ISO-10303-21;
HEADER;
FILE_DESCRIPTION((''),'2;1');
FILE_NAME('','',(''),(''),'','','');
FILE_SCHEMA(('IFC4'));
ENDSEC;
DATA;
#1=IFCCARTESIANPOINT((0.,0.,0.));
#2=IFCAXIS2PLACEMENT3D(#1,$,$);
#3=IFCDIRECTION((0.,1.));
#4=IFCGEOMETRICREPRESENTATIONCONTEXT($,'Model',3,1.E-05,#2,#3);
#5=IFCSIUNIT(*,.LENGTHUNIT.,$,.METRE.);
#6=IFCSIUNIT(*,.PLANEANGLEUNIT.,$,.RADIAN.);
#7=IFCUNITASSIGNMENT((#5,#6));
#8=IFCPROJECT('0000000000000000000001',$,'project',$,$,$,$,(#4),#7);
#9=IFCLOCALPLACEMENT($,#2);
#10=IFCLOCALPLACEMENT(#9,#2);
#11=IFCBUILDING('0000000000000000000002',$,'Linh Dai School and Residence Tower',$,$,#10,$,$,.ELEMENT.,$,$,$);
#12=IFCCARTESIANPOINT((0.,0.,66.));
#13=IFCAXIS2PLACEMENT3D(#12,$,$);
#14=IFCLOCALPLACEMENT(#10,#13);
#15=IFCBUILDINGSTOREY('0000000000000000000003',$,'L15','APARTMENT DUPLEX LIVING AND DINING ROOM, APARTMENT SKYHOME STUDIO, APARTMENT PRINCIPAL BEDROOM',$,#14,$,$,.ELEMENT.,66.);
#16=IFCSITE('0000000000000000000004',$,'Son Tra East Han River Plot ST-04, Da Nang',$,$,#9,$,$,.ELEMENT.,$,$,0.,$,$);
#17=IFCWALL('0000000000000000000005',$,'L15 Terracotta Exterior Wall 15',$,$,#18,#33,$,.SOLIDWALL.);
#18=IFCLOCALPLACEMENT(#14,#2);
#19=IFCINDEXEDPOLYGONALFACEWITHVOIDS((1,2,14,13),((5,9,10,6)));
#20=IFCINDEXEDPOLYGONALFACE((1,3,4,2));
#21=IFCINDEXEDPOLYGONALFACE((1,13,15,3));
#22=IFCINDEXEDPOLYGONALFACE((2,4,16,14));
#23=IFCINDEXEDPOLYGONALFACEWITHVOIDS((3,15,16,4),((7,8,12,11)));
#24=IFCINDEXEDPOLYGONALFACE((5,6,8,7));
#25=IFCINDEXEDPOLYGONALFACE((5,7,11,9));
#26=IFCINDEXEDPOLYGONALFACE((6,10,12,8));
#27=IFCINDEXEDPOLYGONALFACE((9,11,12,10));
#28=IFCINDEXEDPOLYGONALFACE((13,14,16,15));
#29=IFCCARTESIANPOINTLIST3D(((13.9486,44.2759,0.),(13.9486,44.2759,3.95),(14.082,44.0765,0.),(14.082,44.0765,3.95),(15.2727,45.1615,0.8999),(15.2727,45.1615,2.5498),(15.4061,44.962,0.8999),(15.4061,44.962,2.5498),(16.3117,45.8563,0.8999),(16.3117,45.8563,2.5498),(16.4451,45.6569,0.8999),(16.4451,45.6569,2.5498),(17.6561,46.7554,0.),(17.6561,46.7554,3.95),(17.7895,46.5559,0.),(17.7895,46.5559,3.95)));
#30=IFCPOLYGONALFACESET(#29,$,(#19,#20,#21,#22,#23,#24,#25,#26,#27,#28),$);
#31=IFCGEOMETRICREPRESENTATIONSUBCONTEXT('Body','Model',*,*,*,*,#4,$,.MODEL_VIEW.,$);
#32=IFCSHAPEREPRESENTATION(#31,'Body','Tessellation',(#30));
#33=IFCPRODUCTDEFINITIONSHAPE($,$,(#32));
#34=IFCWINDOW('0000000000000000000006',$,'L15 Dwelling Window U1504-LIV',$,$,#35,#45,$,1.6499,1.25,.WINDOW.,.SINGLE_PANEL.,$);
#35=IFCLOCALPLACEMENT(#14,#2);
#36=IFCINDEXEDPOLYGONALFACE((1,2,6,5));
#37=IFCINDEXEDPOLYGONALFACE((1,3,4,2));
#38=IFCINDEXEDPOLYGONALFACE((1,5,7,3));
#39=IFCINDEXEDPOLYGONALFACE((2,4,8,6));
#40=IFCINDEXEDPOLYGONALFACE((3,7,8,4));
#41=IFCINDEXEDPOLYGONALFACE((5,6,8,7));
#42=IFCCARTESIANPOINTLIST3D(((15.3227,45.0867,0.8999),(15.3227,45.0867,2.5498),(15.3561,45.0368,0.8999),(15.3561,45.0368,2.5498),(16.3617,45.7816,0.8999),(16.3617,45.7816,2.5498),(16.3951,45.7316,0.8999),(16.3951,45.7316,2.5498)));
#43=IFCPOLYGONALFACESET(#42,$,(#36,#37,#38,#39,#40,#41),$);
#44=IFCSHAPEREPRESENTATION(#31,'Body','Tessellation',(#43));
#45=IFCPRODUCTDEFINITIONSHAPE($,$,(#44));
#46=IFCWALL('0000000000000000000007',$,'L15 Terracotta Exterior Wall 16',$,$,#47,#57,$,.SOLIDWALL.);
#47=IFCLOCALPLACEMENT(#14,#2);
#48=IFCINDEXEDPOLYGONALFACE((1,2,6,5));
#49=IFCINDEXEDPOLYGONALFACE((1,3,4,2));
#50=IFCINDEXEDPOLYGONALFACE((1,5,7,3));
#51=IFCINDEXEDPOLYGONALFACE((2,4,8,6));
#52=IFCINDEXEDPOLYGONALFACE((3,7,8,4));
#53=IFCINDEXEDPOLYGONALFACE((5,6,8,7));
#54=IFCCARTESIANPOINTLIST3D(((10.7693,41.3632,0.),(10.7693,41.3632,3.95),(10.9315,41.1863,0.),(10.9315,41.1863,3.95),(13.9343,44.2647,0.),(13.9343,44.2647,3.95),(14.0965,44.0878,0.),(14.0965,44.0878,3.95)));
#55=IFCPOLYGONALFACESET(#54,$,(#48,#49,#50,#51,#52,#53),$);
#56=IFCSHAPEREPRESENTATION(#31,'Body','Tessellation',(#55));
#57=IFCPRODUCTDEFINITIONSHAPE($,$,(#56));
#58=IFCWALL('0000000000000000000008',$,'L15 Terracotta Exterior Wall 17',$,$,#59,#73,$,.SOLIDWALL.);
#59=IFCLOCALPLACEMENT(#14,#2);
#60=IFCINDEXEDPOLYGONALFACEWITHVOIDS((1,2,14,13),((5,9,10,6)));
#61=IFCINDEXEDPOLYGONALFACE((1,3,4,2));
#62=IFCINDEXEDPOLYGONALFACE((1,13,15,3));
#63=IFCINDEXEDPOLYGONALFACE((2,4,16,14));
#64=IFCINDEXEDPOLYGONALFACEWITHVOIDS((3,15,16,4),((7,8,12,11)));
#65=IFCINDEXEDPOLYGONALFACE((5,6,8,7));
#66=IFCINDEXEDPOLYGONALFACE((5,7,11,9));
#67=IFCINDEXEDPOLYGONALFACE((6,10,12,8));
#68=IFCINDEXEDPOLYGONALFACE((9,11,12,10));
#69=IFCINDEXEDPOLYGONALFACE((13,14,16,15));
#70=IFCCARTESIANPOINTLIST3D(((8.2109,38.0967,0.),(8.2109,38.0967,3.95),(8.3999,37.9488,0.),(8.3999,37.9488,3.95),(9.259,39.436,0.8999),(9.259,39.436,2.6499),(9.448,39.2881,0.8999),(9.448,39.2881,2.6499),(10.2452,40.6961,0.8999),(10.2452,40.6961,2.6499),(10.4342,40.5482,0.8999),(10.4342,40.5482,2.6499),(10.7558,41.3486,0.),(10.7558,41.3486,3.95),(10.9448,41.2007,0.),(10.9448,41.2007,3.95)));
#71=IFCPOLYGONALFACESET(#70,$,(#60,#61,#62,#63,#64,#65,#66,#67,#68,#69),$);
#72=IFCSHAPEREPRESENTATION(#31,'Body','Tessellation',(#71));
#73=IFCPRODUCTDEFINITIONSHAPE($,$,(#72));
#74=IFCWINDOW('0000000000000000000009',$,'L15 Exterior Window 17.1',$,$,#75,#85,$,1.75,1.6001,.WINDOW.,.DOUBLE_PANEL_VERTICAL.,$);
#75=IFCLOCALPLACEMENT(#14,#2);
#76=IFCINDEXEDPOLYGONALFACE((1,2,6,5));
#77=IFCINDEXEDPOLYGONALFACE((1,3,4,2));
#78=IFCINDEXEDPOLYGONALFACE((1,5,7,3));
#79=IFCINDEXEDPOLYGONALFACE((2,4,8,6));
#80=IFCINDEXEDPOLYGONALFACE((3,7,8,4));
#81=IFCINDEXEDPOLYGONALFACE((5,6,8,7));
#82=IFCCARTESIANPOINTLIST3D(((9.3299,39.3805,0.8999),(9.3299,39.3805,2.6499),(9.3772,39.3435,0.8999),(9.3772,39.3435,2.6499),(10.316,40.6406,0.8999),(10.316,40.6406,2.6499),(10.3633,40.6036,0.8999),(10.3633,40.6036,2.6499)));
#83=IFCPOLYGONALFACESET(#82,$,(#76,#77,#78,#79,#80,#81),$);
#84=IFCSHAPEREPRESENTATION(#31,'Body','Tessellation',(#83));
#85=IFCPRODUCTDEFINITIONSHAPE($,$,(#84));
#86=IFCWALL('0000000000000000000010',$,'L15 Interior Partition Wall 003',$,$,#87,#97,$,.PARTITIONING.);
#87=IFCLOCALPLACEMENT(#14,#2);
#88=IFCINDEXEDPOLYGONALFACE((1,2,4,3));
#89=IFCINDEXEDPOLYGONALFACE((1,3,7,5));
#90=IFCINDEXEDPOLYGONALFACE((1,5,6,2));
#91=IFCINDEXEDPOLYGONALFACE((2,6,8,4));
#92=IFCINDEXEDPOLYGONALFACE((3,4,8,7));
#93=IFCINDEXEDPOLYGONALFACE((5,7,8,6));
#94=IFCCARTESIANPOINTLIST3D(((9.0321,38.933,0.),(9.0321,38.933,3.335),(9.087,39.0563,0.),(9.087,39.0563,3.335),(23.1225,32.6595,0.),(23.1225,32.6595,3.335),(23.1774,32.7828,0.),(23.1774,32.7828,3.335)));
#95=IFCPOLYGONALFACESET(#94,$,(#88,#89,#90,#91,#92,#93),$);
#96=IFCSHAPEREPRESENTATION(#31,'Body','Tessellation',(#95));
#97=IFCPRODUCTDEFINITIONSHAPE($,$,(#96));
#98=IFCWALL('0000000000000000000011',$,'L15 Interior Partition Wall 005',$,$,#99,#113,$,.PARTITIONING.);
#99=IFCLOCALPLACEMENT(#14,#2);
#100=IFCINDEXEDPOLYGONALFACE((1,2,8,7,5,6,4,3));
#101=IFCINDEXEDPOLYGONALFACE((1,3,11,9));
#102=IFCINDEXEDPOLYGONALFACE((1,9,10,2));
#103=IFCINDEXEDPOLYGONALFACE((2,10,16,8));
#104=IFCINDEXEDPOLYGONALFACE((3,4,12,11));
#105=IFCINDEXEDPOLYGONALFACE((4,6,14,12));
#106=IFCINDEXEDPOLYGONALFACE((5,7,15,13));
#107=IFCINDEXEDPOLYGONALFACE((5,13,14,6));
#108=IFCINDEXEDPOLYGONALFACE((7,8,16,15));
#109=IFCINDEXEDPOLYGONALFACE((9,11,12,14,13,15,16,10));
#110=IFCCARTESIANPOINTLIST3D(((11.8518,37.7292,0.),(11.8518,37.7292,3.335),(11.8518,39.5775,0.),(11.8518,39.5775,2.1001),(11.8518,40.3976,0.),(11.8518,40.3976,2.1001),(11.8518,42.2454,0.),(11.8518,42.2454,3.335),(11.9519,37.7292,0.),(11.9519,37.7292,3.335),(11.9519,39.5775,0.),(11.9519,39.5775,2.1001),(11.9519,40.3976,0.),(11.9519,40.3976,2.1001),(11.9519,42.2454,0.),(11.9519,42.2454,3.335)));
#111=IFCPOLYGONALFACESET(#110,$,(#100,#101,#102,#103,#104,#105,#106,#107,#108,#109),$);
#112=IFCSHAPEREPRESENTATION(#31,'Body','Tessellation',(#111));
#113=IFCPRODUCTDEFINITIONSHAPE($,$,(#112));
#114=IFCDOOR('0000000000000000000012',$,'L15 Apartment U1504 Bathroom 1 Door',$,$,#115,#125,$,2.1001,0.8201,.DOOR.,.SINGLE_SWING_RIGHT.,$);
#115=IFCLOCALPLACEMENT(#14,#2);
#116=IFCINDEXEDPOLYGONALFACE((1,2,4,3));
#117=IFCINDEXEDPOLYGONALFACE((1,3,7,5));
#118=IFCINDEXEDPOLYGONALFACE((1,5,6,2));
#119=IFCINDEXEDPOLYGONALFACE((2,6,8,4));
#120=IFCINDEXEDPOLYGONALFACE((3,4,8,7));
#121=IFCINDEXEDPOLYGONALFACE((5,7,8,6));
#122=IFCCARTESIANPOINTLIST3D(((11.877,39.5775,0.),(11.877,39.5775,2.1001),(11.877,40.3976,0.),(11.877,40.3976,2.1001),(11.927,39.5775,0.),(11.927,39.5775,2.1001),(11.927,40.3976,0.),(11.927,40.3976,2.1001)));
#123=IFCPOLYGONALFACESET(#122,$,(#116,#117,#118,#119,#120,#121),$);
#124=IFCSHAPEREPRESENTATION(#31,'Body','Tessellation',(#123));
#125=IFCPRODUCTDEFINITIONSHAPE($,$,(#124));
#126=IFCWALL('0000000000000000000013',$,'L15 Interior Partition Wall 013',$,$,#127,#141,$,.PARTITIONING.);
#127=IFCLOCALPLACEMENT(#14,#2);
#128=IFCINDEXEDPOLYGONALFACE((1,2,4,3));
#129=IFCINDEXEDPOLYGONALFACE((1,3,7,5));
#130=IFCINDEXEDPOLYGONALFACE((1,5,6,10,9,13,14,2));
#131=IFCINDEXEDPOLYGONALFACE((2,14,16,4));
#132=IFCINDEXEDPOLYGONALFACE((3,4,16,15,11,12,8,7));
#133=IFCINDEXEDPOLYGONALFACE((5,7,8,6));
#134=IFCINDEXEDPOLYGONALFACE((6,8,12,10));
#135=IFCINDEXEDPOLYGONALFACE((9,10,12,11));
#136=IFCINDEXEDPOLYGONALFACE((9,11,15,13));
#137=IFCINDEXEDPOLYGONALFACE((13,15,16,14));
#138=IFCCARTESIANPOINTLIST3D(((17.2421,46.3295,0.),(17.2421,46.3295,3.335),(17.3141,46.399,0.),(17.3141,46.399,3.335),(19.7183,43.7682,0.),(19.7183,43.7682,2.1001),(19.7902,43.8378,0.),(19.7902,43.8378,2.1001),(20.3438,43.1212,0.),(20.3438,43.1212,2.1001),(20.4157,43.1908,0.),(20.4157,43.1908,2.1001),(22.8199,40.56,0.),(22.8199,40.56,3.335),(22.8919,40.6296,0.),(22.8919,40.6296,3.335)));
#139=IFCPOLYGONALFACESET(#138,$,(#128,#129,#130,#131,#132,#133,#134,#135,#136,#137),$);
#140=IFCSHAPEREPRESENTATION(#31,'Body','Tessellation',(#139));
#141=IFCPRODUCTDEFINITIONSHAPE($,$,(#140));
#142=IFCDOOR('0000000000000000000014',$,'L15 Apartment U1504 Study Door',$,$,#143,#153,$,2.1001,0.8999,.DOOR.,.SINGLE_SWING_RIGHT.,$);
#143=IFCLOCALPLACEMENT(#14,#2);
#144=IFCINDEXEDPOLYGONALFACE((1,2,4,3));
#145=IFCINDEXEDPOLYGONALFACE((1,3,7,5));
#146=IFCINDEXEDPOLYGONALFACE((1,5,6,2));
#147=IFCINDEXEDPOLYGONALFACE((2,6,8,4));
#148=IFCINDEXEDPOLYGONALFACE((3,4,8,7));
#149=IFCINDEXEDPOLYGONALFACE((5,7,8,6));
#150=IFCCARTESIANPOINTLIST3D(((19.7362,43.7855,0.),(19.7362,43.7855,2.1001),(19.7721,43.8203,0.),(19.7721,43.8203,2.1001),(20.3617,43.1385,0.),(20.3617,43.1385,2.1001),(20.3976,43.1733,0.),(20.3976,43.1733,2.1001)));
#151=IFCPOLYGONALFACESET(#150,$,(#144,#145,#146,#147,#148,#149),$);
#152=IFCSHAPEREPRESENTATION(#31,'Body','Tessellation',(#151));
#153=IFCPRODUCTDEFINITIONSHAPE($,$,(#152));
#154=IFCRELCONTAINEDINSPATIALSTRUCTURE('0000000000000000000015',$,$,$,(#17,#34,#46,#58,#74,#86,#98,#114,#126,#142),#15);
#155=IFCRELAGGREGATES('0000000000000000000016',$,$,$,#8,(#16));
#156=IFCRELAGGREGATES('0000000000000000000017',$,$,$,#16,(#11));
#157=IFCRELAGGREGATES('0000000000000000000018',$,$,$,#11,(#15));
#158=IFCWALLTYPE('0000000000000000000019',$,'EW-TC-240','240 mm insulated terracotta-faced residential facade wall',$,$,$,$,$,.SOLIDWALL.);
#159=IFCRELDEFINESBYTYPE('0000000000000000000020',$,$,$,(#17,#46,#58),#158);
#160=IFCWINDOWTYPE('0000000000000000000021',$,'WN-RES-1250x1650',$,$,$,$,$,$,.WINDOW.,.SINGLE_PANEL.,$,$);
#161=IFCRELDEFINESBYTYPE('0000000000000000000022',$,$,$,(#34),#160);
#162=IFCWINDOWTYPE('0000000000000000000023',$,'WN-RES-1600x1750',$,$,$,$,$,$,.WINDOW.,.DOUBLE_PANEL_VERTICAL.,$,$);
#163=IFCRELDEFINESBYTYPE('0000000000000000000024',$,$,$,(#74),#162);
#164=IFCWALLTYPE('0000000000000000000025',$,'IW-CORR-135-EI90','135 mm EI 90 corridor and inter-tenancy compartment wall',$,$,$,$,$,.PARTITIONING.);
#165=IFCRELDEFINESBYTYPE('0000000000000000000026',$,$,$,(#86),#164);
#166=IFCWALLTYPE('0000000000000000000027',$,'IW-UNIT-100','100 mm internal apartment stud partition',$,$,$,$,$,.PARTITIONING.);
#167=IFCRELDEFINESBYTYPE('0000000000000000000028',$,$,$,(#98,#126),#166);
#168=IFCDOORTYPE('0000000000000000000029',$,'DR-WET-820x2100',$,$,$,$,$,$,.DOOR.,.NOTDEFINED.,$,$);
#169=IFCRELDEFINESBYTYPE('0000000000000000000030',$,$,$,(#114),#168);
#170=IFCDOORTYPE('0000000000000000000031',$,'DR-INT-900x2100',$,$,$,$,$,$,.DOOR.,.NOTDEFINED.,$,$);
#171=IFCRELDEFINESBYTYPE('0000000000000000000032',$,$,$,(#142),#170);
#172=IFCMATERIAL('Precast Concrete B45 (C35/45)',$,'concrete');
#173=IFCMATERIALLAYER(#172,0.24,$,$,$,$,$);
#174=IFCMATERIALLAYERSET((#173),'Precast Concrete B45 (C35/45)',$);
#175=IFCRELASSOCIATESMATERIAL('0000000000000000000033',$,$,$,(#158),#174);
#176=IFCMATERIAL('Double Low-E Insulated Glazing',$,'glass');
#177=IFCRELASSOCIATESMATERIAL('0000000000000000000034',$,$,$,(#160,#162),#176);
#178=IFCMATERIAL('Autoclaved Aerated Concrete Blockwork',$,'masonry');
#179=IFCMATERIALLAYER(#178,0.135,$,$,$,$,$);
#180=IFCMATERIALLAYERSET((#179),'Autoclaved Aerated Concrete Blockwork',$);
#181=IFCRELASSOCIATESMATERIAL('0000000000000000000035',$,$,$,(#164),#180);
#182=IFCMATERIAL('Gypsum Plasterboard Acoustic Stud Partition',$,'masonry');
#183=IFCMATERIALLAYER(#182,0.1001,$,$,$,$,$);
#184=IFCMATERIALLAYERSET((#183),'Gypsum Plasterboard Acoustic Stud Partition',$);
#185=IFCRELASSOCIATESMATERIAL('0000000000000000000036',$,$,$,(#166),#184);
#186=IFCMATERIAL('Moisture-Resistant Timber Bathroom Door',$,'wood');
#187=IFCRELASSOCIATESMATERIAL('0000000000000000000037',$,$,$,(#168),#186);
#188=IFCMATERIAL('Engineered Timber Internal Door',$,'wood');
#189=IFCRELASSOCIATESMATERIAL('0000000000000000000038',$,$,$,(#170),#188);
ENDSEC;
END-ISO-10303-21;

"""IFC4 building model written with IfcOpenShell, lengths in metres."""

from ifc_helpers import new_model, si_unit, direction, frame, frame_2d, origin, origin_2d, place, context, subcontext, project, spatial, rectangle, extrude, source, transform, mapped, material, layer, layer_set, type_object, element, fill, save


model = new_model("IFC4")

# Units and contexts
model_context = context("Model", 3, precision=1e-05, world=origin(), true_north=direction((0.0, 1.0)))
body_context = subcontext(model_context, "Body", "Model", "MODEL_VIEW")
ifc_project = project(units=[si_unit("LENGTHUNIT", "METRE"), si_unit("PLANEANGLEUNIT", "RADIAN")], contexts=[model_context])

# Site, building, storey
site_placement = place(None, origin())
site = spatial("IfcSite", under=ifc_project, at=site_placement, Name="Son Tra East Han River Plot ST-04, Da Nang", CompositionType="ELEMENT", RefElevation=0.0)
building_placement = place(site_placement, origin())
building = spatial("IfcBuilding", under=site, at=building_placement, Name="Linh Dai School and Residence Tower", CompositionType="ELEMENT")
storey_placement = place(building_placement, frame((0.0, 0.0, 66.0)))
storey = spatial("IfcBuildingStorey", under=building, at=storey_placement, Name="L15", Description="APARTMENT DUPLEX LIVING AND DINING ROOM, APARTMENT SKYHOME STUDIO, APARTMENT PRINCIPAL BEDROOM", CompositionType="ELEMENT", Elevation=66.0)

# Shared definitions
ifc_material_1 = material(Name="Precast Concrete B45 (C35/45)", Category="concrete")

# Wall, opening, window
ifc_layer_1 = layer(ifc_material_1, 0.24)
ifc_layer_set_1 = layer_set([ifc_layer_1], Name="Precast Concrete B45 (C35/45)")
wall_type_1 = type_object("IfcWallType", Name="EW-TC-240", Description="240 mm insulated terracotta-faced residential facade wall", PredefinedType="SOLIDWALL", material=ifc_layer_set_1)
ifc_material_2 = material(Name="Double Low-E Insulated Glazing", Category="glass")
wall_1_placement = place(storey_placement, frame((14.0154, 44.1763, 0.0), z_axis=(0.0, 0.0, 1.0), x_axis=(0.831241, 0.555912, 0.0)))
wall_1 = element("IfcWall", 1, at=wall_1_placement, inside=storey, type_object=wall_type_1, Name="L15 Terracotta Exterior Wall 15", PredefinedType="SOLIDWALL", context=body_context, shape_type="SweptSolid", body=[
    extrude(rectangle(XDim=4.4602, YDim=0.24, at=frame_2d((2.23, 0.0))), origin(), (0.0, 0.0, 1.0), 3.95),
])
opening_1_placement = place(wall_1_placement, frame((1.5928, 0.0, 0.8999)))
opening_1 = element("IfcOpeningElement", 2, at=opening_1_placement, cuts=wall_1, PredefinedType="OPENING", context=body_context, shape_type="SweptSolid", body=[
    extrude(rectangle(XDim=1.25, YDim=1.6499, at=origin_2d()), frame((0.625, 0.1299, 0.825), z_axis=(0.0, -1.0, 0.0), x_axis=(1.0, 0.0, 0.0)), (0.0, 0.0, 1.0), 0.26),
])
window_type_1 = type_object("IfcWindowType", Name="WN-RES-1250x1650", PartitioningType="SINGLE_PANEL", PredefinedType="WINDOW", material=ifc_material_2)
shared_shape_1 = source(origin(), body_context, "Body", "SweptSolid", [
    extrude(rectangle(XDim=1.25, YDim=1.6499, at=origin_2d()), frame((0.625, 0.03, 0.825), z_axis=(0.0, -1.0, 0.0), x_axis=(1.0, 0.0, 0.0)), (0.0, 0.0, 1.0), 0.0601),
])
window_1_placement = place(opening_1_placement, origin())
window_1 = element("IfcWindow", 3, at=window_1_placement, inside=storey, type_object=window_type_1, Name="L15 Dwelling Window U1504-LIV", OverallHeight=1.6499, OverallWidth=1.25, PartitioningType="SINGLE_PANEL", PredefinedType="WINDOW", context=body_context, shape_type="MappedRepresentation", body=[
    mapped(shared_shape_1, transform((0.0, 0.0, 0.0), x_axis=(1.0, 0.0, 0.0), y_axis=(0.0, 1.0, 0.0), z_axis=(0.0, 0.0, 1.0), scale=1.0)),
])
fill(opening_1, window_1)

# Wall
wall_2_placement = place(storey_placement, frame((10.8503, 41.2747, 0.0), z_axis=(0.0, 0.0, 1.0), x_axis=(0.737116, 0.675766, 0.0)))
element("IfcWall", 4, at=wall_2_placement, inside=storey, type_object=wall_type_1, Name="L15 Terracotta Exterior Wall 16", PredefinedType="SOLIDWALL", context=body_context, shape_type="SweptSolid", body=[
    extrude(rectangle(XDim=4.2937, YDim=0.24, at=frame_2d((2.147, 0.0))), origin(), (0.0, 0.0, 1.0), 3.95),
])

# Wall, opening, window
wall_3_placement = place(storey_placement, frame((8.3054, 38.0227, 0.0), z_axis=(0.0, 0.0, 1.0), x_axis=(0.616296, 0.787515, 0.0)))
wall_3 = element("IfcWall", 5, at=wall_3_placement, inside=storey, type_object=wall_type_1, Name="L15 Terracotta Exterior Wall 17", PredefinedType="SOLIDWALL", context=body_context, shape_type="SweptSolid", body=[
    extrude(rectangle(XDim=4.1294, YDim=0.24, at=frame_2d((2.0647, 0.0))), origin(), (0.0, 0.0, 1.0), 3.95),
])
opening_2_placement = place(wall_3_placement, frame((1.7007, 0.0, 0.8999)))
opening_2 = element("IfcOpeningElement", 6, at=opening_2_placement, cuts=wall_3, PredefinedType="OPENING", context=body_context, shape_type="SweptSolid", body=[
    extrude(rectangle(XDim=1.6001, YDim=1.75, at=origin_2d()), frame((0.8, 0.1299, 0.875), z_axis=(0.0, -1.0, 0.0), x_axis=(1.0, 0.0, 0.0)), (0.0, 0.0, 1.0), 0.26),
])
window_type_2 = type_object("IfcWindowType", Name="WN-RES-1600x1750", PartitioningType="DOUBLE_PANEL_VERTICAL", PredefinedType="WINDOW", material=ifc_material_2)
shared_shape_2 = source(origin(), body_context, "Body", "SweptSolid", [
    extrude(rectangle(XDim=1.6001, YDim=1.75, at=origin_2d()), frame((0.8, 0.03, 0.875), z_axis=(0.0, -1.0, 0.0), x_axis=(1.0, 0.0, 0.0)), (0.0, 0.0, 1.0), 0.0601),
])
window_2_placement = place(opening_2_placement, origin())
window_2 = element("IfcWindow", 7, at=window_2_placement, inside=storey, type_object=window_type_2, Name="L15 Exterior Window 17.1", OverallHeight=1.75, OverallWidth=1.6001, PartitioningType="DOUBLE_PANEL_VERTICAL", PredefinedType="WINDOW", context=body_context, shape_type="MappedRepresentation", body=[
    mapped(shared_shape_2, transform((0.0, 0.0, 0.0), x_axis=(1.0, 0.0, 0.0), y_axis=(0.0, 1.0, 0.0), z_axis=(0.0, 0.0, 1.0), scale=1.0)),
])
fill(opening_2, window_2)

# Wall
ifc_material_3 = material(Name="Autoclaved Aerated Concrete Blockwork", Category="masonry")
ifc_layer_2 = layer(ifc_material_3, 0.135)
ifc_layer_set_2 = layer_set([ifc_layer_2], Name="Autoclaved Aerated Concrete Blockwork")
wall_type_2 = type_object("IfcWallType", Name="IW-CORR-135-EI90", Description="135 mm EI 90 corridor and inter-tenancy compartment wall", PredefinedType="PARTITIONING", material=ifc_layer_set_2)
wall_4_placement = place(storey_placement, frame((9.0596, 38.9946, 0.0), z_axis=(0.0, 0.0, 1.0), x_axis=(0.913545, -0.406738, 0.0)))
element("IfcWall", 8, at=wall_4_placement, inside=storey, type_object=wall_type_2, Name="L15 Interior Partition Wall 003", PredefinedType="PARTITIONING", context=body_context, shape_type="SweptSolid", body=[
    extrude(rectangle(XDim=15.4238, YDim=0.135, at=frame_2d((7.7119, 0.0))), origin(), (0.0, 0.0, 1.0), 3.335),
])

# Walls, openings, doors
ifc_material_4 = material(Name="Gypsum Plasterboard Acoustic Stud Partition", Category="masonry")
ifc_layer_3 = layer(ifc_material_4, 0.1001)
ifc_layer_set_3 = layer_set([ifc_layer_3], Name="Gypsum Plasterboard Acoustic Stud Partition")
wall_type_3 = type_object("IfcWallType", Name="IW-UNIT-100", Description="100 mm internal apartment stud partition", PredefinedType="PARTITIONING", material=ifc_layer_set_3)
wall_5_placement = place(storey_placement, frame((11.9019, 37.7292, 0.0), z_axis=(0.0, 0.0, 1.0), x_axis=(0.0, 1.0, 0.0)))
wall_5 = element("IfcWall", 9, at=wall_5_placement, inside=storey, type_object=wall_type_3, Name="L15 Interior Partition Wall 005", PredefinedType="PARTITIONING", context=body_context, shape_type="SweptSolid", body=[
    extrude(rectangle(XDim=4.5161, YDim=0.1001, at=frame_2d((2.2581, 0.0))), origin(), (0.0, 0.0, 1.0), 3.335),
])
opening_3_placement = place(wall_5_placement, frame((1.8481, 0.0, 0.0)))
opening_3 = element("IfcOpeningElement", 10, at=opening_3_placement, cuts=wall_5, PredefinedType="OPENING", context=body_context, shape_type="SweptSolid", body=[
    extrude(rectangle(XDim=0.8201, YDim=2.1001, at=origin_2d()), frame((0.4102, 0.0601, 1.05), z_axis=(0.0, -1.0, 0.0), x_axis=(1.0, 0.0, 0.0)), (0.0, 0.0, 1.0), 0.1201),
])
ifc_material_5 = material(Name="Moisture-Resistant Timber Bathroom Door", Category="wood")
door_type_1 = type_object("IfcDoorType", Name="DR-WET-820x2100", OperationType="NOTDEFINED", PredefinedType="DOOR", material=ifc_material_5)
shared_shape_3 = source(origin(), body_context, "Body", "SweptSolid", [
    extrude(rectangle(XDim=0.8201, YDim=2.1001, at=origin_2d()), frame((0.4102, 0.0249, 1.05), z_axis=(0.0, -1.0, 0.0), x_axis=(1.0, 0.0, 0.0)), (0.0, 0.0, 1.0), 0.05),
])
door_1_placement = place(opening_3_placement, origin())
door_1 = element("IfcDoor", 11, at=door_1_placement, inside=storey, type_object=door_type_1, Name="L15 Apartment U1504 Bathroom 1 Door", OperationType="SINGLE_SWING_RIGHT", OverallHeight=2.1001, OverallWidth=0.8201, PredefinedType="DOOR", context=body_context, shape_type="MappedRepresentation", body=[
    mapped(shared_shape_3, transform((0.0, 0.0, 0.0), x_axis=(1.0, 0.0, 0.0), y_axis=(0.0, 1.0, 0.0), z_axis=(0.0, 0.0, 1.0), scale=1.0)),
])
fill(opening_3, door_1)
wall_6_placement = place(storey_placement, frame((17.2781, 46.3643, 0.0), z_axis=(0.0, 0.0, 1.0), x_axis=(0.695065, -0.718947, 0.0)))
wall_6 = element("IfcWall", 12, at=wall_6_placement, inside=storey, type_object=wall_type_3, Name="L15 Interior Partition Wall 013", PredefinedType="PARTITIONING", context=body_context, shape_type="SweptSolid", body=[
    extrude(rectangle(XDim=8.0249, YDim=0.1001, at=frame_2d((4.0125, 0.0))), origin(), (0.0, 0.0, 1.0), 3.335),
])
opening_4_placement = place(wall_6_placement, frame((3.5625, 0.0, 0.0)))
opening_4 = element("IfcOpeningElement", 13, at=opening_4_placement, cuts=wall_6, PredefinedType="OPENING", context=body_context, shape_type="SweptSolid", body=[
    extrude(rectangle(XDim=0.8999, YDim=2.1001, at=origin_2d()), frame((0.45, 0.0601, 1.05), z_axis=(0.0, -1.0, 0.0), x_axis=(1.0, 0.0, 0.0)), (0.0, 0.0, 1.0), 0.1201),
])
ifc_material_6 = material(Name="Engineered Timber Internal Door", Category="wood")
door_type_2 = type_object("IfcDoorType", Name="DR-INT-900x2100", OperationType="NOTDEFINED", PredefinedType="DOOR", material=ifc_material_6)
shared_shape_4 = source(origin(), body_context, "Body", "SweptSolid", [
    extrude(rectangle(XDim=0.8999, YDim=2.1001, at=origin_2d()), frame((0.45, 0.0249, 1.05), z_axis=(0.0, -1.0, 0.0), x_axis=(1.0, 0.0, 0.0)), (0.0, 0.0, 1.0), 0.05),
])
door_2_placement = place(opening_4_placement, origin())
door_2 = element("IfcDoor", 14, at=door_2_placement, inside=storey, type_object=door_type_2, Name="L15 Apartment U1504 Study Door", OperationType="SINGLE_SWING_RIGHT", OverallHeight=2.1001, OverallWidth=0.8999, PredefinedType="DOOR", context=body_context, shape_type="MappedRepresentation", body=[
    mapped(shared_shape_4, transform((0.0, 0.0, 0.0), x_axis=(1.0, 0.0, 0.0), y_axis=(0.0, 1.0, 0.0), z_axis=(0.0, 0.0, 1.0), scale=1.0)),
])
fill(opening_4, door_2)

save(model, "model.ifc")
